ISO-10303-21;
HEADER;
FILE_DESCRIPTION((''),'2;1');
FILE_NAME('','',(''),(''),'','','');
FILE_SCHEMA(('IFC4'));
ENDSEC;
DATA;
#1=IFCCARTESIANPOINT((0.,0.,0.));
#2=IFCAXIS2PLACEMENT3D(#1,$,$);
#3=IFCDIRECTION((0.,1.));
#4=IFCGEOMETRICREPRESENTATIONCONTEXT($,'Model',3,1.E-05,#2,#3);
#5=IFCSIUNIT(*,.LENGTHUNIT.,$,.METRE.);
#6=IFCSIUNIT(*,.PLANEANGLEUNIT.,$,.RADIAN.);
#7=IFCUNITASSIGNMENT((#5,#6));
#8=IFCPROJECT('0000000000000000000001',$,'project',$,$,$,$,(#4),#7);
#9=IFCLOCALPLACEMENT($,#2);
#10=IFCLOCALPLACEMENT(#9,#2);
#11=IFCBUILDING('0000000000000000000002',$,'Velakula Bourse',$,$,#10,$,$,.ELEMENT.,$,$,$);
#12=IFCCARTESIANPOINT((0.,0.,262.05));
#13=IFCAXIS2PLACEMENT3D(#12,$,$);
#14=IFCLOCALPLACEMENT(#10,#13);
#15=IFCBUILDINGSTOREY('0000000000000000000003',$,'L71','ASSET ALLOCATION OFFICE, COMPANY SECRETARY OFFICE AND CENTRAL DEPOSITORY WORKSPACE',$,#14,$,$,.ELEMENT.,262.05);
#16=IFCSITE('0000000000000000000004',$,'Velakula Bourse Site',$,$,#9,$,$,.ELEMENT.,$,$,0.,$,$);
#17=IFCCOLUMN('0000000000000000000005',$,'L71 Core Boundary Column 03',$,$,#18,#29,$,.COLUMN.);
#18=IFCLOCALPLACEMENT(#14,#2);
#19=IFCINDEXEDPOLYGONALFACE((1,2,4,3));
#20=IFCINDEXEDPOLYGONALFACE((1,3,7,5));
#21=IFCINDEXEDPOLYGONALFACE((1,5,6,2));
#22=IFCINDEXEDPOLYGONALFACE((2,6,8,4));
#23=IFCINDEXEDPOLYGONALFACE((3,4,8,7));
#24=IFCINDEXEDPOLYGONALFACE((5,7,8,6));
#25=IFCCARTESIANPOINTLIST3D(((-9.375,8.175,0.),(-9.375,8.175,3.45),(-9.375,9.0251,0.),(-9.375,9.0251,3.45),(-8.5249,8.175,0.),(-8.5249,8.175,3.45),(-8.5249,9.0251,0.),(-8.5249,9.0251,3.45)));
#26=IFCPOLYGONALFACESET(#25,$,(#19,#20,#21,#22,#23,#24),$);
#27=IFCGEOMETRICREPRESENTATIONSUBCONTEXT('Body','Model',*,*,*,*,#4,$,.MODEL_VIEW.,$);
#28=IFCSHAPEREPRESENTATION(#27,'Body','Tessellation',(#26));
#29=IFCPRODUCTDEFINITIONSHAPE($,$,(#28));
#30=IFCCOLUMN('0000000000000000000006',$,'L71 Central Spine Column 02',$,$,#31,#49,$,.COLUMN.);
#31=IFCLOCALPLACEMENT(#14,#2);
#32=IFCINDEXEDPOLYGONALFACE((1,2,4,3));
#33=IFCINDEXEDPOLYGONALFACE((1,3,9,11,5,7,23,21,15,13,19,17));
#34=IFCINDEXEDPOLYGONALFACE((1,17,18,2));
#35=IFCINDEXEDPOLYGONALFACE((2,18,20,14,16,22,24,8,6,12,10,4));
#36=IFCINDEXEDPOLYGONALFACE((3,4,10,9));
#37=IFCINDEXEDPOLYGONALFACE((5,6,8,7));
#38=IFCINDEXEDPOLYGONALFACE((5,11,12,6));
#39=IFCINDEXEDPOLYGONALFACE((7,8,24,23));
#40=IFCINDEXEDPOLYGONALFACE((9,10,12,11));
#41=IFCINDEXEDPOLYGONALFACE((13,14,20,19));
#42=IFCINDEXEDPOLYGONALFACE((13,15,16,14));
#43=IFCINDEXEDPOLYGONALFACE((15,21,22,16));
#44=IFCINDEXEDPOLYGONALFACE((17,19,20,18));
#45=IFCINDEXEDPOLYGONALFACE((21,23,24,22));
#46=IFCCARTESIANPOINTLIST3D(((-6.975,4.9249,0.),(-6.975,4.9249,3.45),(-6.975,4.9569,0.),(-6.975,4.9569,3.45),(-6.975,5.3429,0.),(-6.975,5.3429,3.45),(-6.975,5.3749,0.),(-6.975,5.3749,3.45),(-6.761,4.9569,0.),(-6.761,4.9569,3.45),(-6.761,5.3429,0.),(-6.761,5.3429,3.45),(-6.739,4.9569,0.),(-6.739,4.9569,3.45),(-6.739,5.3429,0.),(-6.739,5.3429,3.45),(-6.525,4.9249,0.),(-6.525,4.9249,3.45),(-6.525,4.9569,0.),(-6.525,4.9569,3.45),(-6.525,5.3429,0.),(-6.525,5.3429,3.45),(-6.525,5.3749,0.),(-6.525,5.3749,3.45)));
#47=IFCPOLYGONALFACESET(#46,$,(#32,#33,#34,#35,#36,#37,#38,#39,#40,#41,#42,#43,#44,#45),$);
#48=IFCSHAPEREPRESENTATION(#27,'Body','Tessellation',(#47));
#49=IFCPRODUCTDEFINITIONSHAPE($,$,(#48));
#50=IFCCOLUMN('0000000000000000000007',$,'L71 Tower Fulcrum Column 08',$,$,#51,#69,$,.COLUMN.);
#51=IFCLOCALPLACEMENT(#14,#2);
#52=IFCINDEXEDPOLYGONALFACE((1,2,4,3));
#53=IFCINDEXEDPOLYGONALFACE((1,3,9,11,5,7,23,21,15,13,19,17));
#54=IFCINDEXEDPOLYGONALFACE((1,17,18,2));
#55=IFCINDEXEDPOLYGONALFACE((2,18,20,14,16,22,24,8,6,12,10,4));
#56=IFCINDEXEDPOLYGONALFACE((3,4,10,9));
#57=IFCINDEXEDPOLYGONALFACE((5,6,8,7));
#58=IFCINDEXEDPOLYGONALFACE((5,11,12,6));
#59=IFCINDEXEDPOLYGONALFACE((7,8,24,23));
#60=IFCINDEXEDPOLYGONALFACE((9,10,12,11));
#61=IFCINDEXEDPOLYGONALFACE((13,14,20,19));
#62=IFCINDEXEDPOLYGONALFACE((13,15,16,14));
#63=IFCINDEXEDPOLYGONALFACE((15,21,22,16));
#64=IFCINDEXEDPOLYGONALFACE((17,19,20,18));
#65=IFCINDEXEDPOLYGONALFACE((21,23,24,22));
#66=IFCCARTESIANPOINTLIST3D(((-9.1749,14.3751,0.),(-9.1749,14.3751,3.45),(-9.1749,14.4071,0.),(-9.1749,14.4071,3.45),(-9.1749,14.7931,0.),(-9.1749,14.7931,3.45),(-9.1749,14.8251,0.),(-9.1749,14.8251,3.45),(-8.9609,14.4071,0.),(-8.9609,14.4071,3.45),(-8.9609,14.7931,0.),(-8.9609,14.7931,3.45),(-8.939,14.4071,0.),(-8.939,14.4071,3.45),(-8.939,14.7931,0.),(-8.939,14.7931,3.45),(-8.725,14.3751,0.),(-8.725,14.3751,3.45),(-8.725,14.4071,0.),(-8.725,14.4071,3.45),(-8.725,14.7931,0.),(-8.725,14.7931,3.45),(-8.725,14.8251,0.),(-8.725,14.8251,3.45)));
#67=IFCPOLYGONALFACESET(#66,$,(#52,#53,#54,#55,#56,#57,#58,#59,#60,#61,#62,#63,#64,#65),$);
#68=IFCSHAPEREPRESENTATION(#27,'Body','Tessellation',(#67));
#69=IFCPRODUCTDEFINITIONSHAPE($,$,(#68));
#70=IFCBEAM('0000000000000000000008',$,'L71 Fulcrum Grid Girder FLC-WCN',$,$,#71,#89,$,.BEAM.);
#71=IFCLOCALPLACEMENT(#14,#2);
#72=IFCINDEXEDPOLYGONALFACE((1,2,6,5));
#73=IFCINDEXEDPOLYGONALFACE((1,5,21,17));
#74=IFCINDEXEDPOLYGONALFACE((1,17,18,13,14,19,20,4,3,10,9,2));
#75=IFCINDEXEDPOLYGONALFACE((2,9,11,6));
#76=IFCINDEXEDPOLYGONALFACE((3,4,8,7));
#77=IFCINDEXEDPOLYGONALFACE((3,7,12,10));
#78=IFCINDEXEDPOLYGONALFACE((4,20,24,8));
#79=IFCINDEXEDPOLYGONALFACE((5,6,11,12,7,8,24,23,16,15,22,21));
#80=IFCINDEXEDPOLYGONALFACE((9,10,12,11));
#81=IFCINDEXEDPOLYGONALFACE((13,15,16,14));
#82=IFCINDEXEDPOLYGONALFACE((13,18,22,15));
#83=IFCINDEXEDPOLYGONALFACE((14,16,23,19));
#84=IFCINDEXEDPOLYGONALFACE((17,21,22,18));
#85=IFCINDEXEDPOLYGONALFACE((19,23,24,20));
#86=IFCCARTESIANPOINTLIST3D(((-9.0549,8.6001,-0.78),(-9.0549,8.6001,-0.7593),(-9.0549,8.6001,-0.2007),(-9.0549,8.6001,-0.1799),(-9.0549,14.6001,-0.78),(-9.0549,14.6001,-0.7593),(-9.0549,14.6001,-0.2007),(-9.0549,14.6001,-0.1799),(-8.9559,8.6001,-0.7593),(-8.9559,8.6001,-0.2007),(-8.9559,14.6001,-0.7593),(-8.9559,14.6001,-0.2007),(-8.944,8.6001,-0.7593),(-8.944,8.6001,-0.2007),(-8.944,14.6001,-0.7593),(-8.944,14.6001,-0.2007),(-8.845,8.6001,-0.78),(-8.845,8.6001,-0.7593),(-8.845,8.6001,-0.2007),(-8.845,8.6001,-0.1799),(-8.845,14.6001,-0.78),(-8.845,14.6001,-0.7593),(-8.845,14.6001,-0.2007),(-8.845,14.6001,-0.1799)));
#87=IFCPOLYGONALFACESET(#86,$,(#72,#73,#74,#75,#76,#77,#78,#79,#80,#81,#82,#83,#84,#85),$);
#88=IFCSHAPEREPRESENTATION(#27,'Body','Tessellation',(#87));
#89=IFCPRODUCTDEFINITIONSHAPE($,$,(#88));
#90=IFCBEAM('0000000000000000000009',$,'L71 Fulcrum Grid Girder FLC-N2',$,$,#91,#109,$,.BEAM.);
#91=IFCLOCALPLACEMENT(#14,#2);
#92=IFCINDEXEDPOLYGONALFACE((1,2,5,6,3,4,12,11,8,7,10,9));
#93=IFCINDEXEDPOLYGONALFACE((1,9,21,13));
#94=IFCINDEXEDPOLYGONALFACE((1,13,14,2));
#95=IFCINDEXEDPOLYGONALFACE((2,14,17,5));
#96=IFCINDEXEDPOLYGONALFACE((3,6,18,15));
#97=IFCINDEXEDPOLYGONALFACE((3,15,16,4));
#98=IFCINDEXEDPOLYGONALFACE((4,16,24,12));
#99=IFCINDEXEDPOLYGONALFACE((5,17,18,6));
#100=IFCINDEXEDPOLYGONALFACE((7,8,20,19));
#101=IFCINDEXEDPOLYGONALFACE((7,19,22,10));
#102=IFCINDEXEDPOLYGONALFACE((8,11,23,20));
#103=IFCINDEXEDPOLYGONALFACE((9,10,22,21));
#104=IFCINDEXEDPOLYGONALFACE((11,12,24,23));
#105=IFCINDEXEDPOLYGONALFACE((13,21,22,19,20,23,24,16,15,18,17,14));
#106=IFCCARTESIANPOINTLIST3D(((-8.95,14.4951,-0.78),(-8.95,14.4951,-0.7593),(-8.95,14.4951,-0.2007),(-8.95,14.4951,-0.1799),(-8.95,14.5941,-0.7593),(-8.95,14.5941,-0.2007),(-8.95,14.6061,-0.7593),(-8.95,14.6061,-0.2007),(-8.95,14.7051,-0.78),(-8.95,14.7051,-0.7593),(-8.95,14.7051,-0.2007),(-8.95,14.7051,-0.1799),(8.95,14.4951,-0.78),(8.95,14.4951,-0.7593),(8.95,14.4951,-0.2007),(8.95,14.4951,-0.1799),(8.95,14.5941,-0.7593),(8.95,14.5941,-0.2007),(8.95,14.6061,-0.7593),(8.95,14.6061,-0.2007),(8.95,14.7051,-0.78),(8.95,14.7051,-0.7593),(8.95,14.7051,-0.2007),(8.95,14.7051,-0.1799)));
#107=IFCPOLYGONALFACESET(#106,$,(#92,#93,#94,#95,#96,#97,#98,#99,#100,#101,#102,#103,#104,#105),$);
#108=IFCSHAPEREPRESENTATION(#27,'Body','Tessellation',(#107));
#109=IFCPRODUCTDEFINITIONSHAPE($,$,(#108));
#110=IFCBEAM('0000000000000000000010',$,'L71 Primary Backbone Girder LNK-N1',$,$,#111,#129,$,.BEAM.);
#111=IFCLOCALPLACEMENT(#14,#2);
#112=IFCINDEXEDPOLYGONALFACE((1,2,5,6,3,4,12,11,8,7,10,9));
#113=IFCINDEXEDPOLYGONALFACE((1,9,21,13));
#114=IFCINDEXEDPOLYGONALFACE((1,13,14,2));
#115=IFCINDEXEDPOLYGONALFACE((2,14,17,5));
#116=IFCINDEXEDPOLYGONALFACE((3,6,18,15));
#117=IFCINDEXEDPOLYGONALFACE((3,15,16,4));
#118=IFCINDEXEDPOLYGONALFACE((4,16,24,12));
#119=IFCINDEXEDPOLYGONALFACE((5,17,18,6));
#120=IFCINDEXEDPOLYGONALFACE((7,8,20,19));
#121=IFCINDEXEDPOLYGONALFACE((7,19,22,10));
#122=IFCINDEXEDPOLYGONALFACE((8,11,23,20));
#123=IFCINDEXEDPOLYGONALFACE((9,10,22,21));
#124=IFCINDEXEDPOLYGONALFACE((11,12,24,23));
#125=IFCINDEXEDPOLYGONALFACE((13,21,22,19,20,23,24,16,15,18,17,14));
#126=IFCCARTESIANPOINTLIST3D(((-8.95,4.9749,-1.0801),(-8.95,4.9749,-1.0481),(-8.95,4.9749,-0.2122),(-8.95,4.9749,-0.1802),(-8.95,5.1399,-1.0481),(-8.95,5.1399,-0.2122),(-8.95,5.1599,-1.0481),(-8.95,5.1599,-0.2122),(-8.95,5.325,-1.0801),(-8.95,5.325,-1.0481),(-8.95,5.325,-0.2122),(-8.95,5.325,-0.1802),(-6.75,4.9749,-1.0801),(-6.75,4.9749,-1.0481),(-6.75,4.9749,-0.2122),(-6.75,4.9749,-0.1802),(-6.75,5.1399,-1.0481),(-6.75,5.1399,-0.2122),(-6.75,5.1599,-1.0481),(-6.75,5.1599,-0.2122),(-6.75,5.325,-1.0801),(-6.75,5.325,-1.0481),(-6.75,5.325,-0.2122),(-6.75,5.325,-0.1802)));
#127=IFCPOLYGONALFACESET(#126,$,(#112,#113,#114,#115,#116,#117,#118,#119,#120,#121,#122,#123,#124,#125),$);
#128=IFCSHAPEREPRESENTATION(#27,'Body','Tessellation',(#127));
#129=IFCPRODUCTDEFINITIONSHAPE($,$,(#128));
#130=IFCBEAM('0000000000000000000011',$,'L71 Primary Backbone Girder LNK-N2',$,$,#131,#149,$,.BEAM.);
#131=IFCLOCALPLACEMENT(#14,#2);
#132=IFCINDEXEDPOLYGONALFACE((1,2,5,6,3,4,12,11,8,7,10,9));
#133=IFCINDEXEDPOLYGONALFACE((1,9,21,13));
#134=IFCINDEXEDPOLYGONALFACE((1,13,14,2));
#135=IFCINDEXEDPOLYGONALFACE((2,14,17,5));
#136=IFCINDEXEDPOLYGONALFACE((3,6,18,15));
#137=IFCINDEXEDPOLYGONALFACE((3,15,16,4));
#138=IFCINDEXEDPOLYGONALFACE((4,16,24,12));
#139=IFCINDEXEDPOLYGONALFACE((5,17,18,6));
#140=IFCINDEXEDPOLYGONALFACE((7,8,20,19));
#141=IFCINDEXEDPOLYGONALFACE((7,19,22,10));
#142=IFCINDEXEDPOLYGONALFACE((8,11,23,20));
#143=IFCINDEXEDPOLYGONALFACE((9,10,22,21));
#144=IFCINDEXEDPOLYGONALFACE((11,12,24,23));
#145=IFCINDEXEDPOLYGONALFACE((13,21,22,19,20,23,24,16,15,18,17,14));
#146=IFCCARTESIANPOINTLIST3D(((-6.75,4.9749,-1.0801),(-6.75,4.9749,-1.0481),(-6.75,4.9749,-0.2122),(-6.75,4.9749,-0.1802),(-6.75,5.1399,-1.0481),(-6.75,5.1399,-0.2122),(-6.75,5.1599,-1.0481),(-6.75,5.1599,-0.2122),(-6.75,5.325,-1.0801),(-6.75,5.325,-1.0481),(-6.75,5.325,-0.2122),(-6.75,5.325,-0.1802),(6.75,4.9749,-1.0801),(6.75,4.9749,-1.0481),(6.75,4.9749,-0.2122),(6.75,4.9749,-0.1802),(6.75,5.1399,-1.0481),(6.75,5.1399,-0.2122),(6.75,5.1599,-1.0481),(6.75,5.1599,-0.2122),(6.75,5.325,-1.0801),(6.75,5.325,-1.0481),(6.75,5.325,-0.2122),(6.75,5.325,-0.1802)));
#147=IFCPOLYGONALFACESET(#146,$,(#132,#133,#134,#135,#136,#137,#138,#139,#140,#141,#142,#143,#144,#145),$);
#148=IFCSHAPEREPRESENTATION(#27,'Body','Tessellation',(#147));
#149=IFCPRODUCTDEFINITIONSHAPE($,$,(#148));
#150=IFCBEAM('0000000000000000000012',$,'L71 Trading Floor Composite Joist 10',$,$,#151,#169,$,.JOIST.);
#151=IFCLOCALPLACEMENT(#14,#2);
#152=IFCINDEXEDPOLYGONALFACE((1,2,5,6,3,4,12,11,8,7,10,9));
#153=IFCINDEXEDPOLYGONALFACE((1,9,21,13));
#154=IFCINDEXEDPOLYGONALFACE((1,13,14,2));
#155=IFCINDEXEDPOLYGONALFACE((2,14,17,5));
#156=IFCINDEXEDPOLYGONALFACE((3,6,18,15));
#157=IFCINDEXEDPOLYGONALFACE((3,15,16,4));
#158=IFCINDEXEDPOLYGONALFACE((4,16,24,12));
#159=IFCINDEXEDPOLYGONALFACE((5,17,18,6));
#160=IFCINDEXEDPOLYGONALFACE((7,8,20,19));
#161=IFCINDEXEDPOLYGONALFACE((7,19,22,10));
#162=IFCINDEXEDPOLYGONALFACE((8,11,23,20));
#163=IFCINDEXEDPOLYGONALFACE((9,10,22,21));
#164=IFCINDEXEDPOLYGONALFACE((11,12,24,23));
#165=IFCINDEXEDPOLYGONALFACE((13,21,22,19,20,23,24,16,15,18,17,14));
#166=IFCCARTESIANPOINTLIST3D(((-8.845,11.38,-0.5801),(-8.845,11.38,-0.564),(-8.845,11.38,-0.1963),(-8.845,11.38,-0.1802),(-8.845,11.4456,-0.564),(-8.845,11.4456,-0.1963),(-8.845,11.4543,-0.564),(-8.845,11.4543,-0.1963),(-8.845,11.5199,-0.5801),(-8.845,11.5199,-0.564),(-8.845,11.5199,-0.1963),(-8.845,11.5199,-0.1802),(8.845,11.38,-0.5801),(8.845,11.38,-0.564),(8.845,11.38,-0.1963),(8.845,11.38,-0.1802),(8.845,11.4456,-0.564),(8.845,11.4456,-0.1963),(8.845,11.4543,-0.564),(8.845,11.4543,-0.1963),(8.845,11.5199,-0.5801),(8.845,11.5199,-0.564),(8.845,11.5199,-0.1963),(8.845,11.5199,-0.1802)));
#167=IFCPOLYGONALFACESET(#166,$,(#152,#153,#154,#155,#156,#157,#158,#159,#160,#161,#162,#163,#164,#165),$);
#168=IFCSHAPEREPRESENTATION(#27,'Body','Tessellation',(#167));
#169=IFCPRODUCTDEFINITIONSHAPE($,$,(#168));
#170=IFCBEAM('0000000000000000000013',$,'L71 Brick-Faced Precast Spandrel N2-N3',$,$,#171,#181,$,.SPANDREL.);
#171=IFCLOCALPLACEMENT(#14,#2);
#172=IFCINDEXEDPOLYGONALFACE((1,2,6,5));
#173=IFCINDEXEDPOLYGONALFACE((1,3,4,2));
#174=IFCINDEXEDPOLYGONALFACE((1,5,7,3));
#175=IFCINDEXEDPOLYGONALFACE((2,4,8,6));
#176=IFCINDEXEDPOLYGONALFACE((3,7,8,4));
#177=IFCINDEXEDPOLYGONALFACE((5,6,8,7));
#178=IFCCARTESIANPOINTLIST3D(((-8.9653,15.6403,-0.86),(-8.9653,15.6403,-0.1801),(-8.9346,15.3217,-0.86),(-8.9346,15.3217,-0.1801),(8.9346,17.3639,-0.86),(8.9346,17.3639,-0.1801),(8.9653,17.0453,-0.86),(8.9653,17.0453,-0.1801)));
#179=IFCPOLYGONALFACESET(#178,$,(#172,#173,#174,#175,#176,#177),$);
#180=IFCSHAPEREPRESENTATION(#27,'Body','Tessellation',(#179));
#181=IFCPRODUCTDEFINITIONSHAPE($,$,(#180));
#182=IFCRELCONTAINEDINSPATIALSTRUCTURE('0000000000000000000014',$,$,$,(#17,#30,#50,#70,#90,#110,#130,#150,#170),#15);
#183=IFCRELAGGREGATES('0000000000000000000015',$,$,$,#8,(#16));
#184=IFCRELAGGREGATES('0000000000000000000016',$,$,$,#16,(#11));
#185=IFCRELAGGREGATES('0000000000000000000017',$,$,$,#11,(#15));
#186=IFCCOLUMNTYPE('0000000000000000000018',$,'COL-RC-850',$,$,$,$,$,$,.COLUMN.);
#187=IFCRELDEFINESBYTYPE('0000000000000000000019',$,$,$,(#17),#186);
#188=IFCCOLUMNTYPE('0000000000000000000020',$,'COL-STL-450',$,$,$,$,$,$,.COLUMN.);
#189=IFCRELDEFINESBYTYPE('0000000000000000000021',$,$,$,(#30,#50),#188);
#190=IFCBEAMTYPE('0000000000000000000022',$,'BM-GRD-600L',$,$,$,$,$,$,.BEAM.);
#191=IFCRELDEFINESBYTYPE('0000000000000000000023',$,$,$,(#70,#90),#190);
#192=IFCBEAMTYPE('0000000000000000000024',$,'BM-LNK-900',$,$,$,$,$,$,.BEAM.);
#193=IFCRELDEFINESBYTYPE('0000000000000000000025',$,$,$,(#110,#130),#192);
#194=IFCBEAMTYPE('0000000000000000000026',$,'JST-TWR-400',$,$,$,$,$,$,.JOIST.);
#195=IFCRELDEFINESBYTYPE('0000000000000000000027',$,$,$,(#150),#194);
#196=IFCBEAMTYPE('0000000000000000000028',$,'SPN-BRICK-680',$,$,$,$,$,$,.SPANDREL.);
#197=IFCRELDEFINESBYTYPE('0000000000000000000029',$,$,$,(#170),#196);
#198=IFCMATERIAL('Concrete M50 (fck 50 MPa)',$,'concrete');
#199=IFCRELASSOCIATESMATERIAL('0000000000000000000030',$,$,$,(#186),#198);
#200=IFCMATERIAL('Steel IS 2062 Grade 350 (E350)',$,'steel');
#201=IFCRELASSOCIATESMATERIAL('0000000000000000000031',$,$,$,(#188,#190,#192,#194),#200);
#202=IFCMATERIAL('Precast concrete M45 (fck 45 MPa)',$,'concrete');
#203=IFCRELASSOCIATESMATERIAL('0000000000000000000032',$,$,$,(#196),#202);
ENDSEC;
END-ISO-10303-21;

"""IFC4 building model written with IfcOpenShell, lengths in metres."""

from ifc_helpers import new_model, si_unit, direction, frame, origin, origin_2d, place, context, subcontext, project, spatial, rectangle, i_section, extrude, material, material_profile, profile_set, type_object, element, save


model = new_model("IFC4")

# Units and contexts
model_context = context("Model", 3, precision=1e-05, world=origin(), true_north=direction((0.0, 1.0)))
body_context = subcontext(model_context, "Body", "Model", "MODEL_VIEW")
ifc_project = project(units=[si_unit("LENGTHUNIT", "METRE"), si_unit("PLANEANGLEUNIT", "RADIAN")], contexts=[model_context])

# Site, building, storey
site_placement = place(None, origin())
site = spatial("IfcSite", under=ifc_project, at=site_placement, Name="Velakula Bourse Site", CompositionType="ELEMENT", RefElevation=0.0)
building_placement = place(site_placement, origin())
building = spatial("IfcBuilding", under=site, at=building_placement, Name="Velakula Bourse", CompositionType="ELEMENT")
storey_placement = place(building_placement, frame((0.0, 0.0, 262.05)))
storey = spatial("IfcBuildingStorey", under=building, at=storey_placement, Name="L71", Description="ASSET ALLOCATION OFFICE, COMPANY SECRETARY OFFICE AND CENTRAL DEPOSITORY WORKSPACE", CompositionType="ELEMENT", Elevation=262.05)

# Columns
ifc_material_1 = material(Name="Concrete M50 (fck 50 MPa)", Category="concrete")
ifc_material_profile_1 = material_profile(ifc_material_1, rectangle(XDim=0.8501, YDim=0.8501, at=origin_2d()), Name="Concrete M50 (fck 50 MPa)")
ifc_profile_set_1 = profile_set([ifc_material_profile_1], Name="Concrete M50 (fck 50 MPa)")
column_type_1 = type_object("IfcColumnType", Name="COL-RC-850", PredefinedType="COLUMN", material=ifc_profile_set_1)
column_placement = place(storey_placement, frame((-8.95, 8.6001, 0.0), z_axis=(0.0, 0.0, 1.0), x_axis=(1.0, 0.0, 0.0)))
element("IfcColumn", 1, at=column_placement, inside=storey, type_object=column_type_1, Name="L71 Core Boundary Column 03", PredefinedType="COLUMN", context=body_context, shape_type="SweptSolid", body=[
    extrude(rectangle(XDim=0.8501, YDim=0.8501, at=origin_2d()), origin(), (0.0, 0.0, 1.0), 3.45),
])
ifc_material_2 = material(Name="Steel IS 2062 Grade 350 (E350)", Category="steel")
ifc_material_profile_2 = material_profile(ifc_material_2, i_section(OverallWidth=0.45, OverallDepth=0.45, WebThickness=0.022, FlangeThickness=0.032, at=origin_2d()), Name="Steel IS 2062 Grade 350 (E350)")
ifc_profile_set_2 = profile_set([ifc_material_profile_2], Name="Steel IS 2062 Grade 350 (E350)")
column_type_2 = type_object("IfcColumnType", Name="COL-STL-450", PredefinedType="COLUMN", material=ifc_profile_set_2)
for number, where, z_axis, x_axis, name in (
    (2, (-6.75, 5.1499, 0.0), (0.0, 0.0, 1.0), (1.0, 0.0, 0.0), "L71 Central Spine Column 02"),
    (3, (-8.95, 14.6001, 0.0), (0.0, 0.0, 1.0), (1.0, 0.0, 0.0), "L71 Tower Fulcrum Column 08"),
):
    element("IfcColumn", number, at=place(storey_placement, frame(where, z_axis=z_axis, x_axis=x_axis)), inside=storey, type_object=column_type_2, Name=name, PredefinedType="COLUMN", context=body_context, shape_type="SweptSolid", body=[
        extrude(i_section(OverallWidth=0.45, OverallDepth=0.45, WebThickness=0.022, FlangeThickness=0.032, at=origin_2d()), origin(), (0.0, 0.0, 1.0), 3.45),
    ])

# Beams
ifc_material_profile_3 = material_profile(ifc_material_2, i_section(OverallWidth=0.21, OverallDepth=0.6001, WebThickness=0.012, FlangeThickness=0.0208, at=origin_2d()), Name="Steel IS 2062 Grade 350 (E350)")
ifc_profile_set_3 = profile_set([ifc_material_profile_3], Name="Steel IS 2062 Grade 350 (E350)")
beam_type_1 = type_object("IfcBeamType", Name="BM-GRD-600L", PredefinedType="BEAM", material=ifc_profile_set_3)
beam_1_placement = place(storey_placement, frame((-8.95, 8.6001, -0.48), z_axis=(0.0, 1.0, 0.0), x_axis=(-1.0, 0.0, 0.0)))
element("IfcBeam", 4, at=beam_1_placement, inside=storey, type_object=beam_type_1, Name="L71 Fulcrum Grid Girder FLC-WCN", PredefinedType="BEAM", context=body_context, shape_type="SweptSolid", body=[
    extrude(i_section(OverallWidth=0.21, OverallDepth=0.6001, WebThickness=0.012, FlangeThickness=0.0208, at=origin_2d()), origin(), (0.0, 0.0, 1.0), 6.0),
])
beam_2_placement = place(storey_placement, frame((-8.95, 14.6001, -0.48), z_axis=(1.0, 0.0, 0.0), x_axis=(0.0, 1.0, 0.0)))
element("IfcBeam", 5, at=beam_2_placement, inside=storey, type_object=beam_type_1, Name="L71 Fulcrum Grid Girder FLC-N2", PredefinedType="BEAM", context=body_context, shape_type="SweptSolid", body=[
    extrude(i_section(OverallWidth=0.21, OverallDepth=0.6001, WebThickness=0.012, FlangeThickness=0.0208, at=origin_2d()), origin(), (0.0, 0.0, 1.0), 17.8999),
])
ifc_material_profile_4 = material_profile(ifc_material_2, i_section(OverallWidth=0.3501, OverallDepth=0.8999, WebThickness=0.02, FlangeThickness=0.032, at=origin_2d()), Name="Steel IS 2062 Grade 350 (E350)")
ifc_profile_set_4 = profile_set([ifc_material_profile_4], Name="Steel IS 2062 Grade 350 (E350)")
beam_type_2 = type_object("IfcBeamType", Name="BM-LNK-900", PredefinedType="BEAM", material=ifc_profile_set_4)
beam_3_placement = place(storey_placement, frame((-8.95, 5.1499, -0.6301), z_axis=(1.0, 0.0, 0.0), x_axis=(0.0, 1.0, 0.0)))
element("IfcBeam", 6, at=beam_3_placement, inside=storey, type_object=beam_type_2, Name="L71 Primary Backbone Girder LNK-N1", PredefinedType="BEAM", context=body_context, shape_type="SweptSolid", body=[
    extrude(i_section(OverallWidth=0.3501, OverallDepth=0.8999, WebThickness=0.02, FlangeThickness=0.032, at=origin_2d()), origin(), (0.0, 0.0, 1.0), 2.2),
])
beam_4_placement = place(storey_placement, frame((-6.75, 5.1499, -0.6301), z_axis=(1.0, 0.0, 0.0), x_axis=(0.0, 1.0, 0.0)))
element("IfcBeam", 7, at=beam_4_placement, inside=storey, type_object=beam_type_2, Name="L71 Primary Backbone Girder LNK-N2", PredefinedType="BEAM", context=body_context, shape_type="SweptSolid", body=[
    extrude(i_section(OverallWidth=0.3501, OverallDepth=0.8999, WebThickness=0.02, FlangeThickness=0.032, at=origin_2d()), origin(), (0.0, 0.0, 1.0), 13.5),
])
ifc_material_profile_5 = material_profile(ifc_material_2, i_section(OverallWidth=0.1399, OverallDepth=0.3999, WebThickness=0.0088, FlangeThickness=0.0161, at=origin_2d()), Name="Steel IS 2062 Grade 350 (E350)")
ifc_profile_set_5 = profile_set([ifc_material_profile_5], Name="Steel IS 2062 Grade 350 (E350)")
beam_type_3 = type_object("IfcBeamType", Name="JST-TWR-400", PredefinedType="JOIST", material=ifc_profile_set_5)
beam_5_placement = place(storey_placement, frame((-8.845, 11.45, -0.3801), z_axis=(1.0, 0.0, 0.0), x_axis=(0.0, 1.0, 0.0)))
element("IfcBeam", 8, at=beam_5_placement, inside=storey, type_object=beam_type_3, Name="L71 Trading Floor Composite Joist 10", PredefinedType="JOIST", context=body_context, shape_type="SweptSolid", body=[
    extrude(i_section(OverallWidth=0.1399, OverallDepth=0.3999, WebThickness=0.0088, FlangeThickness=0.0161, at=origin_2d()), origin(), (0.0, 0.0, 1.0), 17.6899),
])
ifc_material_3 = material(Name="Precast concrete M45 (fck 45 MPa)", Category="concrete")
ifc_material_profile_6 = material_profile(ifc_material_3, rectangle(XDim=0.3201, YDim=0.6799, at=origin_2d()), Name="Precast concrete M45 (fck 45 MPa)")
ifc_profile_set_6 = profile_set([ifc_material_profile_6], Name="Precast concrete M45 (fck 45 MPa)")
beam_type_4 = type_object("IfcBeamType", Name="SPN-BRICK-680", PredefinedType="SPANDREL", material=ifc_profile_set_6)
beam_6_placement = place(storey_placement, frame((-8.95, 15.481, -0.52), z_axis=(0.995396, 0.09585, 0.0), x_axis=(-0.09585, 0.995396, 0.0)))
element("IfcBeam", 9, at=beam_6_placement, inside=storey, type_object=beam_type_4, Name="L71 Brick-Faced Precast Spandrel N2-N3", PredefinedType="SPANDREL", context=body_context, shape_type="SweptSolid", body=[
    extrude(rectangle(XDim=0.3201, YDim=0.6799, at=origin_2d()), origin(), (0.0, 0.0, 1.0), 17.9827),
])

save(model, "model.ifc")
